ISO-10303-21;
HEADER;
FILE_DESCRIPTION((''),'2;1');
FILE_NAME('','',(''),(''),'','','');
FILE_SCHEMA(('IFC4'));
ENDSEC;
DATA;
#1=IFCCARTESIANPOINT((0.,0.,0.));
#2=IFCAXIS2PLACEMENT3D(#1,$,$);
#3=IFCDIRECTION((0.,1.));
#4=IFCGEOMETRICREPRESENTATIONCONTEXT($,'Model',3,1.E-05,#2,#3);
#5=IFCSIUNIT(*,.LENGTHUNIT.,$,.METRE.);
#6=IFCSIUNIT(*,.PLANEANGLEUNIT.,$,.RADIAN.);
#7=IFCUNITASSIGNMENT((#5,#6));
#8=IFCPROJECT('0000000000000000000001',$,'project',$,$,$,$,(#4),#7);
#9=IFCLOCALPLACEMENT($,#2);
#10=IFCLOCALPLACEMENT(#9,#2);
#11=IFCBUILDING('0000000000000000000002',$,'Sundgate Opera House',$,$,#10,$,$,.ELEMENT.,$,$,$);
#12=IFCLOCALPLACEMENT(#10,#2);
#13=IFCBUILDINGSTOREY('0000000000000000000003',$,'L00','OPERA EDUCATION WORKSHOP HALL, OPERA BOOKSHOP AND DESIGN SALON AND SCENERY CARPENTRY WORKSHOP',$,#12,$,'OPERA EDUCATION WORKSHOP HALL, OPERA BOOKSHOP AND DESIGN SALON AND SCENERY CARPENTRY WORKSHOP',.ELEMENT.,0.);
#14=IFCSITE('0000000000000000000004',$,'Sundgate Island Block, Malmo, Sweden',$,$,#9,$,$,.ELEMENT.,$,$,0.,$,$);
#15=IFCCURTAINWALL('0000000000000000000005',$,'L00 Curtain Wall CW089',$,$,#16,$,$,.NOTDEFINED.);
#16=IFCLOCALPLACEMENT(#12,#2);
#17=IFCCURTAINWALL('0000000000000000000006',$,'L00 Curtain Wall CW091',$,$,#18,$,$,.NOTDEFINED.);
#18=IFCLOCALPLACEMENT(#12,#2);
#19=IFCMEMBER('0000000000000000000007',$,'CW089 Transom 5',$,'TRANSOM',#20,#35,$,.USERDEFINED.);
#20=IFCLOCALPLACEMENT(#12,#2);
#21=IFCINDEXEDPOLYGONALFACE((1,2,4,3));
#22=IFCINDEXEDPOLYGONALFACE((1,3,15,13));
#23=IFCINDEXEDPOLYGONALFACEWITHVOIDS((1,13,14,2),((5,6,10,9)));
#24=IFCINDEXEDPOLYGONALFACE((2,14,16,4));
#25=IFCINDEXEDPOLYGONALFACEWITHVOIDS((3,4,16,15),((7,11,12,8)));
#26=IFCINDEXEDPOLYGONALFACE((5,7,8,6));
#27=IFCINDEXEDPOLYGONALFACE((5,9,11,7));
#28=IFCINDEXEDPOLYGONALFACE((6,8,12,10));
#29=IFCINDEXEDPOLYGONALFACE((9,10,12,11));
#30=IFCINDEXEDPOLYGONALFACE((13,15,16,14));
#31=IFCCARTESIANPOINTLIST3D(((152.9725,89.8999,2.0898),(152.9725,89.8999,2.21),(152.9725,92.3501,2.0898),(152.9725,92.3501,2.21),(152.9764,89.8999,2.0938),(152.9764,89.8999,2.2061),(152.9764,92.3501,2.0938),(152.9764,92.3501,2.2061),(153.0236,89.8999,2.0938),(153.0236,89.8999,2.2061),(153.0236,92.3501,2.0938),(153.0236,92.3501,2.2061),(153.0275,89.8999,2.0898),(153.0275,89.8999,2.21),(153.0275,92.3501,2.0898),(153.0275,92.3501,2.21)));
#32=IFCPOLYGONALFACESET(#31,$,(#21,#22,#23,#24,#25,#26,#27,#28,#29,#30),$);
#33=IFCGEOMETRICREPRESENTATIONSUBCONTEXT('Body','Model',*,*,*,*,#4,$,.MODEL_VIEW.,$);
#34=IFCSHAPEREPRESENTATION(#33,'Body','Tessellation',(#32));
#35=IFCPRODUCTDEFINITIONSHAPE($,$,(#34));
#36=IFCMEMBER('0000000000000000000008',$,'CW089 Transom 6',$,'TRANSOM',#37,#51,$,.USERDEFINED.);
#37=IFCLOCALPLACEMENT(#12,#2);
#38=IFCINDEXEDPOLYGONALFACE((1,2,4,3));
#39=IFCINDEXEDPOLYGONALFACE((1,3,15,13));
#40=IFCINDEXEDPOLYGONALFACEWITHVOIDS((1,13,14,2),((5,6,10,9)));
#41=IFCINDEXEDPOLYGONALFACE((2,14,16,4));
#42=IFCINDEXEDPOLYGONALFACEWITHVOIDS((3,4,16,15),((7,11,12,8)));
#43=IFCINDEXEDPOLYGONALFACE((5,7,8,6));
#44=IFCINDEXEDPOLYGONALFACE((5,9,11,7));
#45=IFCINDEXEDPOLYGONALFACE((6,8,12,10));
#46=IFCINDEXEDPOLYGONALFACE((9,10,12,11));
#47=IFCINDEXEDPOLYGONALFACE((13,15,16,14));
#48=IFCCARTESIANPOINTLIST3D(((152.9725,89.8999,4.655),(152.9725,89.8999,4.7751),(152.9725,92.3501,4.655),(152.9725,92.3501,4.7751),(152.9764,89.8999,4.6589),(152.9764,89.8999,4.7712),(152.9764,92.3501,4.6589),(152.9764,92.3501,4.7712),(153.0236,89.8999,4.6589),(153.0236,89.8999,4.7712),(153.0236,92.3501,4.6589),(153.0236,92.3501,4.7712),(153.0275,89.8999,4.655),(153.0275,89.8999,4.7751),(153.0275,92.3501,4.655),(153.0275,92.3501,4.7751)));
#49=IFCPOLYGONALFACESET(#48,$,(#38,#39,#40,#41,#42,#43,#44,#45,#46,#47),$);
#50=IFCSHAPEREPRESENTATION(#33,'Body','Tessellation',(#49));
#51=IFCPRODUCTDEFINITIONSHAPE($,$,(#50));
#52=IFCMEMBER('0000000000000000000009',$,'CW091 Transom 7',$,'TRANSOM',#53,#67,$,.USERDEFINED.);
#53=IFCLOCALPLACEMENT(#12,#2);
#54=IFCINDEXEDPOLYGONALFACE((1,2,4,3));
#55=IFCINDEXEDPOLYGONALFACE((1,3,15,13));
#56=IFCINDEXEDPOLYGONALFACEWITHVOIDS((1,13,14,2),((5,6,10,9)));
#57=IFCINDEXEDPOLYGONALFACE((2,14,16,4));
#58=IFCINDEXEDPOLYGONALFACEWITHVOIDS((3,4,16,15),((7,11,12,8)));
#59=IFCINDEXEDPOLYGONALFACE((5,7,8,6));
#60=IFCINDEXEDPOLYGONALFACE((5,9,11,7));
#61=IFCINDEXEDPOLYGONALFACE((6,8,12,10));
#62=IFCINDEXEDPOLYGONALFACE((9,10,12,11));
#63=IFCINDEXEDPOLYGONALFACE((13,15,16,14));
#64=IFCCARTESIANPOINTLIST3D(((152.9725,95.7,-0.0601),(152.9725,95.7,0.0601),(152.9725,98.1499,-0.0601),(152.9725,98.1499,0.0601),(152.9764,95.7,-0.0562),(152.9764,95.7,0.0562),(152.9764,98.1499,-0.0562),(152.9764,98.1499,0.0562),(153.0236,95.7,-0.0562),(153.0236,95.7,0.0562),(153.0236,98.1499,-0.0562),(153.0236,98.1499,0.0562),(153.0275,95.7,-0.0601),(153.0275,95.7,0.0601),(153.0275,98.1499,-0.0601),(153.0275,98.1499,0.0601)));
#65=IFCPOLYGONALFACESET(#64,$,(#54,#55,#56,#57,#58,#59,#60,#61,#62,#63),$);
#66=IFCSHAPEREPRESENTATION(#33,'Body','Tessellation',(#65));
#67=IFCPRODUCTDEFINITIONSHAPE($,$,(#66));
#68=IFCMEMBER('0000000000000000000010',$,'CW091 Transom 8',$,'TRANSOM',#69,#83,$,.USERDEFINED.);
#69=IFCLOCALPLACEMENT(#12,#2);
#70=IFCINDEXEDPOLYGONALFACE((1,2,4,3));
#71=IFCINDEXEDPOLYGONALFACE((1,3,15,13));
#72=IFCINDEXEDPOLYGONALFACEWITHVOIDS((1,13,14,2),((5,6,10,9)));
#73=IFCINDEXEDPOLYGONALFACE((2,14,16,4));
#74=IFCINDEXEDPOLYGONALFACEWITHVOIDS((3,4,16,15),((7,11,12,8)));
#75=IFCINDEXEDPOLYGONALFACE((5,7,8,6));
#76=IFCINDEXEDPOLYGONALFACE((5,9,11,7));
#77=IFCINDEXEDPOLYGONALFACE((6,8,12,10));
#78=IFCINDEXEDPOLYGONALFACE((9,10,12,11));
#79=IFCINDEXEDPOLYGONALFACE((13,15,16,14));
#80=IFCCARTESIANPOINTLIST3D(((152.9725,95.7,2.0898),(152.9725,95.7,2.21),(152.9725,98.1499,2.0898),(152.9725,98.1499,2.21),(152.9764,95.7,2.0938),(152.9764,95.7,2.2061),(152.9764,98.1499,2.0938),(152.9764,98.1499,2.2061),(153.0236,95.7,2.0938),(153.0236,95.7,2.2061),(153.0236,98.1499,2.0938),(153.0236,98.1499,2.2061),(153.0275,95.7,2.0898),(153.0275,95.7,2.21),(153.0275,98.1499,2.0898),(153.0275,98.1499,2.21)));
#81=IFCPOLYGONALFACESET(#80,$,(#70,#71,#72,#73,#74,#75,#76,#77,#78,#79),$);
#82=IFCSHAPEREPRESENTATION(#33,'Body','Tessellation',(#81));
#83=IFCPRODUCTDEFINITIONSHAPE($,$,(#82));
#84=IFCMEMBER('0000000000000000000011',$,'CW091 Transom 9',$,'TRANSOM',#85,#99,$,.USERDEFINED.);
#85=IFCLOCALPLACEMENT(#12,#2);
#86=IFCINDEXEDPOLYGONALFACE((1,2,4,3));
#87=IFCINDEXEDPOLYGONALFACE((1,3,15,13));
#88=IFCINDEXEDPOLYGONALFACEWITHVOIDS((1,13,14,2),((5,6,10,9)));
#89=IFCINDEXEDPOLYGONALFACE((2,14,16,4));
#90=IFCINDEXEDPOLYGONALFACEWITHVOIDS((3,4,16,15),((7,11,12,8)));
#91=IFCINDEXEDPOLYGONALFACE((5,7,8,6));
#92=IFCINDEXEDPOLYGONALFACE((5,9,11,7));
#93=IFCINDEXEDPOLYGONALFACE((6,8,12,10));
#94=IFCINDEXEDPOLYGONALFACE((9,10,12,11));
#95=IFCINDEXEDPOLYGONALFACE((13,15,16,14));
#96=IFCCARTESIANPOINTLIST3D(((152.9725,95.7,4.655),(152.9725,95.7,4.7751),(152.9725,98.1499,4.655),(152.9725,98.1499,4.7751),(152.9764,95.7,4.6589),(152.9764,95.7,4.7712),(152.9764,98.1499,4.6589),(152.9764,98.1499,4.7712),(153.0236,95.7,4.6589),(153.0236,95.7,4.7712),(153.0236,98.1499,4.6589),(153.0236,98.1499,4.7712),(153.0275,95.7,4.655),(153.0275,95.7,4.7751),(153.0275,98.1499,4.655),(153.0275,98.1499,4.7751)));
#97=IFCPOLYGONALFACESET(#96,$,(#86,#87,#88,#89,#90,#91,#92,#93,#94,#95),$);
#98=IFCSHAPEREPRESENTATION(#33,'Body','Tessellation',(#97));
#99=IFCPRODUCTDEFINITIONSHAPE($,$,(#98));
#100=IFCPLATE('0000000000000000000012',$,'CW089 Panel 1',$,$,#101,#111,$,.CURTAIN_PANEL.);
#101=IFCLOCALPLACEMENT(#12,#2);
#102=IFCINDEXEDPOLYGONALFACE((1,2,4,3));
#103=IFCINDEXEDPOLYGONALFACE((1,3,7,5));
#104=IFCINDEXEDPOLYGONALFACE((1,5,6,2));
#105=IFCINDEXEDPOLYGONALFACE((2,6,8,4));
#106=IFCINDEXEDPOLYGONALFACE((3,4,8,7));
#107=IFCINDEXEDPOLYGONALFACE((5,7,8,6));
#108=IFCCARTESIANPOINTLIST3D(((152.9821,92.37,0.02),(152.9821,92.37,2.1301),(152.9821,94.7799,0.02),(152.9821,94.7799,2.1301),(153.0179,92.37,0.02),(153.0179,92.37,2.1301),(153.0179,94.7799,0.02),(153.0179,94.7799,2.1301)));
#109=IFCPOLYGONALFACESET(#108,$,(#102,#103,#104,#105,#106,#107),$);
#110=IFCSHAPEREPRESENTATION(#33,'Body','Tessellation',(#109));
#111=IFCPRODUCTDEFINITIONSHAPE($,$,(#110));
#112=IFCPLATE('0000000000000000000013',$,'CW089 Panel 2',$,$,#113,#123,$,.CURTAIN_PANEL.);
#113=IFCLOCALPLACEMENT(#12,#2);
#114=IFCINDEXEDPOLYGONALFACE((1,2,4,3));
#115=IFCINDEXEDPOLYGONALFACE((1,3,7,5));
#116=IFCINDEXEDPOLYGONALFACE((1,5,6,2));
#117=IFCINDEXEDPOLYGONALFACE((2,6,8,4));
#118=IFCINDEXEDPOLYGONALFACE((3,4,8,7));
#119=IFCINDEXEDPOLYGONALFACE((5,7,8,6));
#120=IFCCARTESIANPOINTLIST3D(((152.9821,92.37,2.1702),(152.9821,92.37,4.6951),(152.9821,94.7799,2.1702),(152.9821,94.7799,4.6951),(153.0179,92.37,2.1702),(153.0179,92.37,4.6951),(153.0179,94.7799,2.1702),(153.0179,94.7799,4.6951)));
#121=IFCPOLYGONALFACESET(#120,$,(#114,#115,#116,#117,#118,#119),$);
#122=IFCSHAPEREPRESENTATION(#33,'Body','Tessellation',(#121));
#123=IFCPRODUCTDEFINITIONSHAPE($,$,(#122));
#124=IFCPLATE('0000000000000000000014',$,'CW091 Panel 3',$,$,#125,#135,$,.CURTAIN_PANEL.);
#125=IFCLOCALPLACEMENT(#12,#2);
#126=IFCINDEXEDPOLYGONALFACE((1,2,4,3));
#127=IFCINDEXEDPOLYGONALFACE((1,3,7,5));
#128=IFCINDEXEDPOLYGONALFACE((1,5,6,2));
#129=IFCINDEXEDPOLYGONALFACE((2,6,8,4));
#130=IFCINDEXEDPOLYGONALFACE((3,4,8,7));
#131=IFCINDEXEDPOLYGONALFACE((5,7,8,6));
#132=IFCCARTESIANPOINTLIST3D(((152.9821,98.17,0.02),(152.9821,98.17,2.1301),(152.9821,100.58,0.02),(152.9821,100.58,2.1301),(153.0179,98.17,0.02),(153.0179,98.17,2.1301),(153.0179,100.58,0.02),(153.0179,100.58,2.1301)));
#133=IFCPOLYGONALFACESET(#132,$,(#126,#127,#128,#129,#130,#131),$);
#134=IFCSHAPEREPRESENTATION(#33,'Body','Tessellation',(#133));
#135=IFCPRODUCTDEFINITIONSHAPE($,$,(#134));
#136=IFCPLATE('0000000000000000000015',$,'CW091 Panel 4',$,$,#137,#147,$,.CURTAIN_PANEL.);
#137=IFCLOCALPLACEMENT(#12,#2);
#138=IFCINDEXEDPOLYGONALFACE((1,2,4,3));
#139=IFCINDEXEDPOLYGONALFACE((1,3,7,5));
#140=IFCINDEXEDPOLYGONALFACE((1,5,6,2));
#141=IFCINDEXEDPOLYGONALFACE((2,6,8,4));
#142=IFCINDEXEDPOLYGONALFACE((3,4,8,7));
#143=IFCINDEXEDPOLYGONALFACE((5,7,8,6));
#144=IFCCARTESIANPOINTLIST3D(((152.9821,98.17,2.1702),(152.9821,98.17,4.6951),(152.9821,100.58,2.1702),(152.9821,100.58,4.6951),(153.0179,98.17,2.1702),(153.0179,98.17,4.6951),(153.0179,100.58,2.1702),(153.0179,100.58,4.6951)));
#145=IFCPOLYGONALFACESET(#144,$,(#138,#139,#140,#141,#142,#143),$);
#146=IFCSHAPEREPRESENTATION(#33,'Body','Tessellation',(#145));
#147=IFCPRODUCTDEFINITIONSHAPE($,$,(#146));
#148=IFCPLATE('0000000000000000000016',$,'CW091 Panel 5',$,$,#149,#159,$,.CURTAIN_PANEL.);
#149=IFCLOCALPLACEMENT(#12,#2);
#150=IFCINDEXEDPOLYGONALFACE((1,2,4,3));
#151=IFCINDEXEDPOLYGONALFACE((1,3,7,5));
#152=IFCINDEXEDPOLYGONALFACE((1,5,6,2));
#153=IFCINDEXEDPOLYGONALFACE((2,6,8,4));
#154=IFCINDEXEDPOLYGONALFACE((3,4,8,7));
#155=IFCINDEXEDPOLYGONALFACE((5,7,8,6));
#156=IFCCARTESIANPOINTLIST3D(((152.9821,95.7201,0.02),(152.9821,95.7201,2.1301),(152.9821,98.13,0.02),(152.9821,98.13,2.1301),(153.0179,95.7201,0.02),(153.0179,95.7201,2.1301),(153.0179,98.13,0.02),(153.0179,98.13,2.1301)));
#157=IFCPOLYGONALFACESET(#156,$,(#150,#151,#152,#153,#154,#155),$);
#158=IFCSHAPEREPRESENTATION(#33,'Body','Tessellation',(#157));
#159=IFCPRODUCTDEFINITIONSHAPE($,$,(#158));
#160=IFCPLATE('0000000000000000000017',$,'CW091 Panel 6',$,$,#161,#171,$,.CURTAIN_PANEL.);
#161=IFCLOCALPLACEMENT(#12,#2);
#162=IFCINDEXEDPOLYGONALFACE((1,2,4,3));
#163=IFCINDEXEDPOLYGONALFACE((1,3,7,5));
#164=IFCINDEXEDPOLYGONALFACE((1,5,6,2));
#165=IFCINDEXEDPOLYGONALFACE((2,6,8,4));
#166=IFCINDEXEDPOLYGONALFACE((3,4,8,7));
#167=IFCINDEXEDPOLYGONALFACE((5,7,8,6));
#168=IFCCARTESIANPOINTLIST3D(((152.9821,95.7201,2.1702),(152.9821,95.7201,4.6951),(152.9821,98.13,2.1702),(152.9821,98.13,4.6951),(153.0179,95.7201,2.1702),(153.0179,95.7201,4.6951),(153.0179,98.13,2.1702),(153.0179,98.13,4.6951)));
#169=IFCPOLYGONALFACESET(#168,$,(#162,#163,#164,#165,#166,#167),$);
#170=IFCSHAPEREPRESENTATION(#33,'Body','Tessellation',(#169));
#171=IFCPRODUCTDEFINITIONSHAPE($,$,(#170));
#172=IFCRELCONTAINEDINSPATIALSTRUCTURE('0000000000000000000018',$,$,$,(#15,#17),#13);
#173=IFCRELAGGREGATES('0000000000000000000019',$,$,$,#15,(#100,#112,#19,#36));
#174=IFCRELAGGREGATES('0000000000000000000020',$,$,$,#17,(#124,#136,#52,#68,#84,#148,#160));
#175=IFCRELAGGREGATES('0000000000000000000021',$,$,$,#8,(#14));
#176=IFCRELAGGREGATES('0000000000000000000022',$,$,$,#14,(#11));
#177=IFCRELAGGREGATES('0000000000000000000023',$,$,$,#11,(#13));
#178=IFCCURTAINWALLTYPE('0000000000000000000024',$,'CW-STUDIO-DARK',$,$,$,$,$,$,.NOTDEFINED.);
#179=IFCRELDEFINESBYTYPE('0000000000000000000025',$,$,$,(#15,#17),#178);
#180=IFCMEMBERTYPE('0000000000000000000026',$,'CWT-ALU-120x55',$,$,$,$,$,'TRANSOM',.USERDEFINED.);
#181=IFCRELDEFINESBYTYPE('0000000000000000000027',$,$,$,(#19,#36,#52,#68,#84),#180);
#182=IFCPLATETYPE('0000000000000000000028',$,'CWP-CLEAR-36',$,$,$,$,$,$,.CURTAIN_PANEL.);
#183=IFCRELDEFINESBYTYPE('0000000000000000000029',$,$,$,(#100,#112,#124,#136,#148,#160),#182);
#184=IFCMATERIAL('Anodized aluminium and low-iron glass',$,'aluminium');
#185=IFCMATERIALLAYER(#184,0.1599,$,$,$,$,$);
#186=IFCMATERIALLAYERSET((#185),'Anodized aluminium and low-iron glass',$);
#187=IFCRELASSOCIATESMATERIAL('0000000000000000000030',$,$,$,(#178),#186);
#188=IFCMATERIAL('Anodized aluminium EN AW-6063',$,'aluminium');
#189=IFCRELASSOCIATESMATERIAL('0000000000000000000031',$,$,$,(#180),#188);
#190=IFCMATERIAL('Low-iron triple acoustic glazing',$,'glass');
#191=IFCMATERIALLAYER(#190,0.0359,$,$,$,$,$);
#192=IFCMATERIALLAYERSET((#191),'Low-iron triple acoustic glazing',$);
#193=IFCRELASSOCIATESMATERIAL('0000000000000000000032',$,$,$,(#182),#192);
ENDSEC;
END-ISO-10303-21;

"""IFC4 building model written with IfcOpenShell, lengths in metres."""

from ifc_helpers import new_model, si_unit, direction, frame, origin, origin_2d, place, context, subcontext, project, spatial, rectangle, hollow_rectangle, extrude, material, layer, layer_set, material_profile, profile_set, type_object, element, aggregate, save


model = new_model("IFC4")

# Units and contexts
model_context = context("Model", 3, precision=1e-05, world=origin(), true_north=direction((0.0, 1.0)))
body_context = subcontext(model_context, "Body", "Model", "MODEL_VIEW")
ifc_project = project(units=[si_unit("LENGTHUNIT", "METRE"), si_unit("PLANEANGLEUNIT", "RADIAN")], contexts=[model_context])

# Site, building, storey
site_placement = place(None, origin())
site = spatial("IfcSite", under=ifc_project, at=site_placement, Name="Sundgate Island Block, Malmo, Sweden", CompositionType="ELEMENT", RefElevation=0.0)
building_placement = place(site_placement, origin())
building = spatial("IfcBuilding", under=site, at=building_placement, Name="Sundgate Opera House", CompositionType="ELEMENT")
storey_placement = place(building_placement, origin())
storey = spatial("IfcBuildingStorey", under=building, at=storey_placement, Name="L00", Description="OPERA EDUCATION WORKSHOP HALL, OPERA BOOKSHOP AND DESIGN SALON AND SCENERY CARPENTRY WORKSHOP", LongName="OPERA EDUCATION WORKSHOP HALL, OPERA BOOKSHOP AND DESIGN SALON AND SCENERY CARPENTRY WORKSHOP", CompositionType="ELEMENT", Elevation=0.0)

# Curtain wall
ifc_material_1 = material(Name="Anodized aluminium and low-iron glass", Category="aluminium")
ifc_layer_1 = layer(ifc_material_1, 0.1599)
ifc_layer_set_1 = layer_set([ifc_layer_1], Name="Anodized aluminium and low-iron glass")
curtain_wall_type = type_object("IfcCurtainWallType", Name="CW-STUDIO-DARK", PredefinedType="NOTDEFINED", material=ifc_layer_set_1)
curtain_wall_1_placement = place(storey_placement, origin())
curtain_wall_1 = element("IfcCurtainWall", 1, at=curtain_wall_1_placement, inside=storey, type_object=curtain_wall_type, Name="L00 Curtain Wall CW089", PredefinedType="NOTDEFINED")

# Curtain wall
curtain_wall_2_placement = place(storey_placement, origin())
curtain_wall_2 = element("IfcCurtainWall", 2, at=curtain_wall_2_placement, inside=storey, type_object=curtain_wall_type, Name="L00 Curtain Wall CW091", PredefinedType="NOTDEFINED")

# Members
ifc_material_2 = material(Name="Anodized aluminium EN AW-6063", Category="aluminium")
ifc_material_profile_1 = material_profile(ifc_material_2, hollow_rectangle(XDim=0.0549, YDim=0.1201, WallThickness=0.0039, at=origin_2d()), Name="CWT 120x55x4")
ifc_profile_set_1 = profile_set([ifc_material_profile_1], Name="Anodized aluminium EN AW-6063")
member_type_1 = type_object("IfcMemberType", Name="CWT-ALU-120x55", ElementType="TRANSOM", PredefinedType="USERDEFINED", material=ifc_profile_set_1)
member_1_placement = place(storey_placement, frame((153.0, 92.3501, 2.1499), z_axis=(0.0, -1.0, 0.0), x_axis=(1.0, 0.0, 0.0)))
member_1 = element("IfcMember", 3, at=member_1_placement, type_object=member_type_1, Name="CW089 Transom 5", ObjectType="TRANSOM", PredefinedType="USERDEFINED", context=body_context, shape_type="SweptSolid", body=[
    extrude(hollow_rectangle(XDim=0.0549, YDim=0.1201, WallThickness=0.0039, at=origin_2d()), origin(), (0.0, 0.0, 1.0), 2.4502),
])
member_2_placement = place(storey_placement, frame((153.0, 92.3501, 4.7151), z_axis=(0.0, -1.0, 0.0), x_axis=(1.0, 0.0, 0.0)))
member_2 = element("IfcMember", 4, at=member_2_placement, type_object=member_type_1, Name="CW089 Transom 6", ObjectType="TRANSOM", PredefinedType="USERDEFINED", context=body_context, shape_type="SweptSolid", body=[
    extrude(hollow_rectangle(XDim=0.0549, YDim=0.1201, WallThickness=0.0039, at=origin_2d()), origin(), (0.0, 0.0, 1.0), 2.4502),
])
member_3_placement = place(storey_placement, frame((153.0, 98.1499, 0.0), z_axis=(0.0, -1.0, 0.0), x_axis=(1.0, 0.0, 0.0)))
member_3 = element("IfcMember", 5, at=member_3_placement, type_object=member_type_1, Name="CW091 Transom 7", ObjectType="TRANSOM", PredefinedType="USERDEFINED", context=body_context, shape_type="SweptSolid", body=[
    extrude(hollow_rectangle(XDim=0.0549, YDim=0.1201, WallThickness=0.0039, at=origin_2d()), origin(), (0.0, 0.0, 1.0), 2.45),
])
member_4_placement = place(storey_placement, frame((153.0, 98.1499, 2.1499), z_axis=(0.0, -1.0, 0.0), x_axis=(1.0, 0.0, 0.0)))
member_4 = element("IfcMember", 6, at=member_4_placement, type_object=member_type_1, Name="CW091 Transom 8", ObjectType="TRANSOM", PredefinedType="USERDEFINED", context=body_context, shape_type="SweptSolid", body=[
    extrude(hollow_rectangle(XDim=0.0549, YDim=0.1201, WallThickness=0.0039, at=origin_2d()), origin(), (0.0, 0.0, 1.0), 2.45),
])
member_5_placement = place(storey_placement, frame((153.0, 98.1499, 4.7151), z_axis=(0.0, -1.0, 0.0), x_axis=(1.0, 0.0, 0.0)))
member_5 = element("IfcMember", 7, at=member_5_placement, type_object=member_type_1, Name="CW091 Transom 9", ObjectType="TRANSOM", PredefinedType="USERDEFINED", context=body_context, shape_type="SweptSolid", body=[
    extrude(hollow_rectangle(XDim=0.0549, YDim=0.1201, WallThickness=0.0039, at=origin_2d()), origin(), (0.0, 0.0, 1.0), 2.45),
])

# Plates
ifc_material_3 = material(Name="Low-iron triple acoustic glazing", Category="glass")
ifc_layer_2 = layer(ifc_material_3, 0.0359)
ifc_layer_set_2 = layer_set([ifc_layer_2], Name="Low-iron triple acoustic glazing")
plate_type = type_object("IfcPlateType", Name="CWP-CLEAR-36", PredefinedType="CURTAIN_PANEL", material=ifc_layer_set_2)
plate_1_placement = place(storey_placement, frame((153.0, 93.575, 0.02), z_axis=(0.0, 0.0, 1.0), x_axis=(0.0, -1.0, 0.0)))
plate_1 = element("IfcPlate", 8, at=plate_1_placement, type_object=plate_type, Name="CW089 Panel 1", PredefinedType="CURTAIN_PANEL", context=body_context, shape_type="SweptSolid", body=[
    extrude(rectangle(XDim=2.4099, YDim=0.0359, at=origin_2d()), origin(), (0.0, 0.0, 1.0), 2.1101),
])
plate_2_placement = place(storey_placement, frame((153.0, 93.575, 2.1702), z_axis=(0.0, 0.0, 1.0), x_axis=(0.0, -1.0, 0.0)))
plate_2 = element("IfcPlate", 9, at=plate_2_placement, type_object=plate_type, Name="CW089 Panel 2", PredefinedType="CURTAIN_PANEL", context=body_context, shape_type="SweptSolid", body=[
    extrude(rectangle(XDim=2.4099, YDim=0.0359, at=origin_2d()), origin(), (0.0, 0.0, 1.0), 2.5249),
])
aggregate(curtain_wall_1, [plate_1, plate_2, member_1, member_2])
plate_3_placement = place(storey_placement, frame((153.0, 99.375, 0.02), z_axis=(0.0, 0.0, 1.0), x_axis=(0.0, -1.0, 0.0)))
plate_3 = element("IfcPlate", 10, at=plate_3_placement, type_object=plate_type, Name="CW091 Panel 3", PredefinedType="CURTAIN_PANEL", context=body_context, shape_type="SweptSolid", body=[
    extrude(rectangle(XDim=2.4099, YDim=0.0359, at=origin_2d()), origin(), (0.0, 0.0, 1.0), 2.1101),
])
plate_4_placement = place(storey_placement, frame((153.0, 99.375, 2.1702), z_axis=(0.0, 0.0, 1.0), x_axis=(0.0, -1.0, 0.0)))
plate_4 = element("IfcPlate", 11, at=plate_4_placement, type_object=plate_type, Name="CW091 Panel 4", PredefinedType="CURTAIN_PANEL", context=body_context, shape_type="SweptSolid", body=[
    extrude(rectangle(XDim=2.4099, YDim=0.0359, at=origin_2d()), origin(), (0.0, 0.0, 1.0), 2.5249),
])
plate_5_placement = place(storey_placement, frame((153.0, 96.925, 0.02), z_axis=(0.0, 0.0, 1.0), x_axis=(0.0, -1.0, 0.0)))
plate_5 = element("IfcPlate", 12, at=plate_5_placement, type_object=plate_type, Name="CW091 Panel 5", PredefinedType="CURTAIN_PANEL", context=body_context, shape_type="SweptSolid", body=[
    extrude(rectangle(XDim=2.4099, YDim=0.0359, at=origin_2d()), origin(), (0.0, 0.0, 1.0), 2.1101),
])
plate_6_placement = place(storey_placement, frame((153.0, 96.925, 2.1702), z_axis=(0.0, 0.0, 1.0), x_axis=(0.0, -1.0, 0.0)))
plate_6 = element("IfcPlate", 13, at=plate_6_placement, type_object=plate_type, Name="CW091 Panel 6", PredefinedType="CURTAIN_PANEL", context=body_context, shape_type="SweptSolid", body=[
    extrude(rectangle(XDim=2.4099, YDim=0.0359, at=origin_2d()), origin(), (0.0, 0.0, 1.0), 2.5249),
])
aggregate(curtain_wall_2, [plate_3, plate_4, member_3, member_4, member_5, plate_5, plate_6])

save(model, "model.ifc")
